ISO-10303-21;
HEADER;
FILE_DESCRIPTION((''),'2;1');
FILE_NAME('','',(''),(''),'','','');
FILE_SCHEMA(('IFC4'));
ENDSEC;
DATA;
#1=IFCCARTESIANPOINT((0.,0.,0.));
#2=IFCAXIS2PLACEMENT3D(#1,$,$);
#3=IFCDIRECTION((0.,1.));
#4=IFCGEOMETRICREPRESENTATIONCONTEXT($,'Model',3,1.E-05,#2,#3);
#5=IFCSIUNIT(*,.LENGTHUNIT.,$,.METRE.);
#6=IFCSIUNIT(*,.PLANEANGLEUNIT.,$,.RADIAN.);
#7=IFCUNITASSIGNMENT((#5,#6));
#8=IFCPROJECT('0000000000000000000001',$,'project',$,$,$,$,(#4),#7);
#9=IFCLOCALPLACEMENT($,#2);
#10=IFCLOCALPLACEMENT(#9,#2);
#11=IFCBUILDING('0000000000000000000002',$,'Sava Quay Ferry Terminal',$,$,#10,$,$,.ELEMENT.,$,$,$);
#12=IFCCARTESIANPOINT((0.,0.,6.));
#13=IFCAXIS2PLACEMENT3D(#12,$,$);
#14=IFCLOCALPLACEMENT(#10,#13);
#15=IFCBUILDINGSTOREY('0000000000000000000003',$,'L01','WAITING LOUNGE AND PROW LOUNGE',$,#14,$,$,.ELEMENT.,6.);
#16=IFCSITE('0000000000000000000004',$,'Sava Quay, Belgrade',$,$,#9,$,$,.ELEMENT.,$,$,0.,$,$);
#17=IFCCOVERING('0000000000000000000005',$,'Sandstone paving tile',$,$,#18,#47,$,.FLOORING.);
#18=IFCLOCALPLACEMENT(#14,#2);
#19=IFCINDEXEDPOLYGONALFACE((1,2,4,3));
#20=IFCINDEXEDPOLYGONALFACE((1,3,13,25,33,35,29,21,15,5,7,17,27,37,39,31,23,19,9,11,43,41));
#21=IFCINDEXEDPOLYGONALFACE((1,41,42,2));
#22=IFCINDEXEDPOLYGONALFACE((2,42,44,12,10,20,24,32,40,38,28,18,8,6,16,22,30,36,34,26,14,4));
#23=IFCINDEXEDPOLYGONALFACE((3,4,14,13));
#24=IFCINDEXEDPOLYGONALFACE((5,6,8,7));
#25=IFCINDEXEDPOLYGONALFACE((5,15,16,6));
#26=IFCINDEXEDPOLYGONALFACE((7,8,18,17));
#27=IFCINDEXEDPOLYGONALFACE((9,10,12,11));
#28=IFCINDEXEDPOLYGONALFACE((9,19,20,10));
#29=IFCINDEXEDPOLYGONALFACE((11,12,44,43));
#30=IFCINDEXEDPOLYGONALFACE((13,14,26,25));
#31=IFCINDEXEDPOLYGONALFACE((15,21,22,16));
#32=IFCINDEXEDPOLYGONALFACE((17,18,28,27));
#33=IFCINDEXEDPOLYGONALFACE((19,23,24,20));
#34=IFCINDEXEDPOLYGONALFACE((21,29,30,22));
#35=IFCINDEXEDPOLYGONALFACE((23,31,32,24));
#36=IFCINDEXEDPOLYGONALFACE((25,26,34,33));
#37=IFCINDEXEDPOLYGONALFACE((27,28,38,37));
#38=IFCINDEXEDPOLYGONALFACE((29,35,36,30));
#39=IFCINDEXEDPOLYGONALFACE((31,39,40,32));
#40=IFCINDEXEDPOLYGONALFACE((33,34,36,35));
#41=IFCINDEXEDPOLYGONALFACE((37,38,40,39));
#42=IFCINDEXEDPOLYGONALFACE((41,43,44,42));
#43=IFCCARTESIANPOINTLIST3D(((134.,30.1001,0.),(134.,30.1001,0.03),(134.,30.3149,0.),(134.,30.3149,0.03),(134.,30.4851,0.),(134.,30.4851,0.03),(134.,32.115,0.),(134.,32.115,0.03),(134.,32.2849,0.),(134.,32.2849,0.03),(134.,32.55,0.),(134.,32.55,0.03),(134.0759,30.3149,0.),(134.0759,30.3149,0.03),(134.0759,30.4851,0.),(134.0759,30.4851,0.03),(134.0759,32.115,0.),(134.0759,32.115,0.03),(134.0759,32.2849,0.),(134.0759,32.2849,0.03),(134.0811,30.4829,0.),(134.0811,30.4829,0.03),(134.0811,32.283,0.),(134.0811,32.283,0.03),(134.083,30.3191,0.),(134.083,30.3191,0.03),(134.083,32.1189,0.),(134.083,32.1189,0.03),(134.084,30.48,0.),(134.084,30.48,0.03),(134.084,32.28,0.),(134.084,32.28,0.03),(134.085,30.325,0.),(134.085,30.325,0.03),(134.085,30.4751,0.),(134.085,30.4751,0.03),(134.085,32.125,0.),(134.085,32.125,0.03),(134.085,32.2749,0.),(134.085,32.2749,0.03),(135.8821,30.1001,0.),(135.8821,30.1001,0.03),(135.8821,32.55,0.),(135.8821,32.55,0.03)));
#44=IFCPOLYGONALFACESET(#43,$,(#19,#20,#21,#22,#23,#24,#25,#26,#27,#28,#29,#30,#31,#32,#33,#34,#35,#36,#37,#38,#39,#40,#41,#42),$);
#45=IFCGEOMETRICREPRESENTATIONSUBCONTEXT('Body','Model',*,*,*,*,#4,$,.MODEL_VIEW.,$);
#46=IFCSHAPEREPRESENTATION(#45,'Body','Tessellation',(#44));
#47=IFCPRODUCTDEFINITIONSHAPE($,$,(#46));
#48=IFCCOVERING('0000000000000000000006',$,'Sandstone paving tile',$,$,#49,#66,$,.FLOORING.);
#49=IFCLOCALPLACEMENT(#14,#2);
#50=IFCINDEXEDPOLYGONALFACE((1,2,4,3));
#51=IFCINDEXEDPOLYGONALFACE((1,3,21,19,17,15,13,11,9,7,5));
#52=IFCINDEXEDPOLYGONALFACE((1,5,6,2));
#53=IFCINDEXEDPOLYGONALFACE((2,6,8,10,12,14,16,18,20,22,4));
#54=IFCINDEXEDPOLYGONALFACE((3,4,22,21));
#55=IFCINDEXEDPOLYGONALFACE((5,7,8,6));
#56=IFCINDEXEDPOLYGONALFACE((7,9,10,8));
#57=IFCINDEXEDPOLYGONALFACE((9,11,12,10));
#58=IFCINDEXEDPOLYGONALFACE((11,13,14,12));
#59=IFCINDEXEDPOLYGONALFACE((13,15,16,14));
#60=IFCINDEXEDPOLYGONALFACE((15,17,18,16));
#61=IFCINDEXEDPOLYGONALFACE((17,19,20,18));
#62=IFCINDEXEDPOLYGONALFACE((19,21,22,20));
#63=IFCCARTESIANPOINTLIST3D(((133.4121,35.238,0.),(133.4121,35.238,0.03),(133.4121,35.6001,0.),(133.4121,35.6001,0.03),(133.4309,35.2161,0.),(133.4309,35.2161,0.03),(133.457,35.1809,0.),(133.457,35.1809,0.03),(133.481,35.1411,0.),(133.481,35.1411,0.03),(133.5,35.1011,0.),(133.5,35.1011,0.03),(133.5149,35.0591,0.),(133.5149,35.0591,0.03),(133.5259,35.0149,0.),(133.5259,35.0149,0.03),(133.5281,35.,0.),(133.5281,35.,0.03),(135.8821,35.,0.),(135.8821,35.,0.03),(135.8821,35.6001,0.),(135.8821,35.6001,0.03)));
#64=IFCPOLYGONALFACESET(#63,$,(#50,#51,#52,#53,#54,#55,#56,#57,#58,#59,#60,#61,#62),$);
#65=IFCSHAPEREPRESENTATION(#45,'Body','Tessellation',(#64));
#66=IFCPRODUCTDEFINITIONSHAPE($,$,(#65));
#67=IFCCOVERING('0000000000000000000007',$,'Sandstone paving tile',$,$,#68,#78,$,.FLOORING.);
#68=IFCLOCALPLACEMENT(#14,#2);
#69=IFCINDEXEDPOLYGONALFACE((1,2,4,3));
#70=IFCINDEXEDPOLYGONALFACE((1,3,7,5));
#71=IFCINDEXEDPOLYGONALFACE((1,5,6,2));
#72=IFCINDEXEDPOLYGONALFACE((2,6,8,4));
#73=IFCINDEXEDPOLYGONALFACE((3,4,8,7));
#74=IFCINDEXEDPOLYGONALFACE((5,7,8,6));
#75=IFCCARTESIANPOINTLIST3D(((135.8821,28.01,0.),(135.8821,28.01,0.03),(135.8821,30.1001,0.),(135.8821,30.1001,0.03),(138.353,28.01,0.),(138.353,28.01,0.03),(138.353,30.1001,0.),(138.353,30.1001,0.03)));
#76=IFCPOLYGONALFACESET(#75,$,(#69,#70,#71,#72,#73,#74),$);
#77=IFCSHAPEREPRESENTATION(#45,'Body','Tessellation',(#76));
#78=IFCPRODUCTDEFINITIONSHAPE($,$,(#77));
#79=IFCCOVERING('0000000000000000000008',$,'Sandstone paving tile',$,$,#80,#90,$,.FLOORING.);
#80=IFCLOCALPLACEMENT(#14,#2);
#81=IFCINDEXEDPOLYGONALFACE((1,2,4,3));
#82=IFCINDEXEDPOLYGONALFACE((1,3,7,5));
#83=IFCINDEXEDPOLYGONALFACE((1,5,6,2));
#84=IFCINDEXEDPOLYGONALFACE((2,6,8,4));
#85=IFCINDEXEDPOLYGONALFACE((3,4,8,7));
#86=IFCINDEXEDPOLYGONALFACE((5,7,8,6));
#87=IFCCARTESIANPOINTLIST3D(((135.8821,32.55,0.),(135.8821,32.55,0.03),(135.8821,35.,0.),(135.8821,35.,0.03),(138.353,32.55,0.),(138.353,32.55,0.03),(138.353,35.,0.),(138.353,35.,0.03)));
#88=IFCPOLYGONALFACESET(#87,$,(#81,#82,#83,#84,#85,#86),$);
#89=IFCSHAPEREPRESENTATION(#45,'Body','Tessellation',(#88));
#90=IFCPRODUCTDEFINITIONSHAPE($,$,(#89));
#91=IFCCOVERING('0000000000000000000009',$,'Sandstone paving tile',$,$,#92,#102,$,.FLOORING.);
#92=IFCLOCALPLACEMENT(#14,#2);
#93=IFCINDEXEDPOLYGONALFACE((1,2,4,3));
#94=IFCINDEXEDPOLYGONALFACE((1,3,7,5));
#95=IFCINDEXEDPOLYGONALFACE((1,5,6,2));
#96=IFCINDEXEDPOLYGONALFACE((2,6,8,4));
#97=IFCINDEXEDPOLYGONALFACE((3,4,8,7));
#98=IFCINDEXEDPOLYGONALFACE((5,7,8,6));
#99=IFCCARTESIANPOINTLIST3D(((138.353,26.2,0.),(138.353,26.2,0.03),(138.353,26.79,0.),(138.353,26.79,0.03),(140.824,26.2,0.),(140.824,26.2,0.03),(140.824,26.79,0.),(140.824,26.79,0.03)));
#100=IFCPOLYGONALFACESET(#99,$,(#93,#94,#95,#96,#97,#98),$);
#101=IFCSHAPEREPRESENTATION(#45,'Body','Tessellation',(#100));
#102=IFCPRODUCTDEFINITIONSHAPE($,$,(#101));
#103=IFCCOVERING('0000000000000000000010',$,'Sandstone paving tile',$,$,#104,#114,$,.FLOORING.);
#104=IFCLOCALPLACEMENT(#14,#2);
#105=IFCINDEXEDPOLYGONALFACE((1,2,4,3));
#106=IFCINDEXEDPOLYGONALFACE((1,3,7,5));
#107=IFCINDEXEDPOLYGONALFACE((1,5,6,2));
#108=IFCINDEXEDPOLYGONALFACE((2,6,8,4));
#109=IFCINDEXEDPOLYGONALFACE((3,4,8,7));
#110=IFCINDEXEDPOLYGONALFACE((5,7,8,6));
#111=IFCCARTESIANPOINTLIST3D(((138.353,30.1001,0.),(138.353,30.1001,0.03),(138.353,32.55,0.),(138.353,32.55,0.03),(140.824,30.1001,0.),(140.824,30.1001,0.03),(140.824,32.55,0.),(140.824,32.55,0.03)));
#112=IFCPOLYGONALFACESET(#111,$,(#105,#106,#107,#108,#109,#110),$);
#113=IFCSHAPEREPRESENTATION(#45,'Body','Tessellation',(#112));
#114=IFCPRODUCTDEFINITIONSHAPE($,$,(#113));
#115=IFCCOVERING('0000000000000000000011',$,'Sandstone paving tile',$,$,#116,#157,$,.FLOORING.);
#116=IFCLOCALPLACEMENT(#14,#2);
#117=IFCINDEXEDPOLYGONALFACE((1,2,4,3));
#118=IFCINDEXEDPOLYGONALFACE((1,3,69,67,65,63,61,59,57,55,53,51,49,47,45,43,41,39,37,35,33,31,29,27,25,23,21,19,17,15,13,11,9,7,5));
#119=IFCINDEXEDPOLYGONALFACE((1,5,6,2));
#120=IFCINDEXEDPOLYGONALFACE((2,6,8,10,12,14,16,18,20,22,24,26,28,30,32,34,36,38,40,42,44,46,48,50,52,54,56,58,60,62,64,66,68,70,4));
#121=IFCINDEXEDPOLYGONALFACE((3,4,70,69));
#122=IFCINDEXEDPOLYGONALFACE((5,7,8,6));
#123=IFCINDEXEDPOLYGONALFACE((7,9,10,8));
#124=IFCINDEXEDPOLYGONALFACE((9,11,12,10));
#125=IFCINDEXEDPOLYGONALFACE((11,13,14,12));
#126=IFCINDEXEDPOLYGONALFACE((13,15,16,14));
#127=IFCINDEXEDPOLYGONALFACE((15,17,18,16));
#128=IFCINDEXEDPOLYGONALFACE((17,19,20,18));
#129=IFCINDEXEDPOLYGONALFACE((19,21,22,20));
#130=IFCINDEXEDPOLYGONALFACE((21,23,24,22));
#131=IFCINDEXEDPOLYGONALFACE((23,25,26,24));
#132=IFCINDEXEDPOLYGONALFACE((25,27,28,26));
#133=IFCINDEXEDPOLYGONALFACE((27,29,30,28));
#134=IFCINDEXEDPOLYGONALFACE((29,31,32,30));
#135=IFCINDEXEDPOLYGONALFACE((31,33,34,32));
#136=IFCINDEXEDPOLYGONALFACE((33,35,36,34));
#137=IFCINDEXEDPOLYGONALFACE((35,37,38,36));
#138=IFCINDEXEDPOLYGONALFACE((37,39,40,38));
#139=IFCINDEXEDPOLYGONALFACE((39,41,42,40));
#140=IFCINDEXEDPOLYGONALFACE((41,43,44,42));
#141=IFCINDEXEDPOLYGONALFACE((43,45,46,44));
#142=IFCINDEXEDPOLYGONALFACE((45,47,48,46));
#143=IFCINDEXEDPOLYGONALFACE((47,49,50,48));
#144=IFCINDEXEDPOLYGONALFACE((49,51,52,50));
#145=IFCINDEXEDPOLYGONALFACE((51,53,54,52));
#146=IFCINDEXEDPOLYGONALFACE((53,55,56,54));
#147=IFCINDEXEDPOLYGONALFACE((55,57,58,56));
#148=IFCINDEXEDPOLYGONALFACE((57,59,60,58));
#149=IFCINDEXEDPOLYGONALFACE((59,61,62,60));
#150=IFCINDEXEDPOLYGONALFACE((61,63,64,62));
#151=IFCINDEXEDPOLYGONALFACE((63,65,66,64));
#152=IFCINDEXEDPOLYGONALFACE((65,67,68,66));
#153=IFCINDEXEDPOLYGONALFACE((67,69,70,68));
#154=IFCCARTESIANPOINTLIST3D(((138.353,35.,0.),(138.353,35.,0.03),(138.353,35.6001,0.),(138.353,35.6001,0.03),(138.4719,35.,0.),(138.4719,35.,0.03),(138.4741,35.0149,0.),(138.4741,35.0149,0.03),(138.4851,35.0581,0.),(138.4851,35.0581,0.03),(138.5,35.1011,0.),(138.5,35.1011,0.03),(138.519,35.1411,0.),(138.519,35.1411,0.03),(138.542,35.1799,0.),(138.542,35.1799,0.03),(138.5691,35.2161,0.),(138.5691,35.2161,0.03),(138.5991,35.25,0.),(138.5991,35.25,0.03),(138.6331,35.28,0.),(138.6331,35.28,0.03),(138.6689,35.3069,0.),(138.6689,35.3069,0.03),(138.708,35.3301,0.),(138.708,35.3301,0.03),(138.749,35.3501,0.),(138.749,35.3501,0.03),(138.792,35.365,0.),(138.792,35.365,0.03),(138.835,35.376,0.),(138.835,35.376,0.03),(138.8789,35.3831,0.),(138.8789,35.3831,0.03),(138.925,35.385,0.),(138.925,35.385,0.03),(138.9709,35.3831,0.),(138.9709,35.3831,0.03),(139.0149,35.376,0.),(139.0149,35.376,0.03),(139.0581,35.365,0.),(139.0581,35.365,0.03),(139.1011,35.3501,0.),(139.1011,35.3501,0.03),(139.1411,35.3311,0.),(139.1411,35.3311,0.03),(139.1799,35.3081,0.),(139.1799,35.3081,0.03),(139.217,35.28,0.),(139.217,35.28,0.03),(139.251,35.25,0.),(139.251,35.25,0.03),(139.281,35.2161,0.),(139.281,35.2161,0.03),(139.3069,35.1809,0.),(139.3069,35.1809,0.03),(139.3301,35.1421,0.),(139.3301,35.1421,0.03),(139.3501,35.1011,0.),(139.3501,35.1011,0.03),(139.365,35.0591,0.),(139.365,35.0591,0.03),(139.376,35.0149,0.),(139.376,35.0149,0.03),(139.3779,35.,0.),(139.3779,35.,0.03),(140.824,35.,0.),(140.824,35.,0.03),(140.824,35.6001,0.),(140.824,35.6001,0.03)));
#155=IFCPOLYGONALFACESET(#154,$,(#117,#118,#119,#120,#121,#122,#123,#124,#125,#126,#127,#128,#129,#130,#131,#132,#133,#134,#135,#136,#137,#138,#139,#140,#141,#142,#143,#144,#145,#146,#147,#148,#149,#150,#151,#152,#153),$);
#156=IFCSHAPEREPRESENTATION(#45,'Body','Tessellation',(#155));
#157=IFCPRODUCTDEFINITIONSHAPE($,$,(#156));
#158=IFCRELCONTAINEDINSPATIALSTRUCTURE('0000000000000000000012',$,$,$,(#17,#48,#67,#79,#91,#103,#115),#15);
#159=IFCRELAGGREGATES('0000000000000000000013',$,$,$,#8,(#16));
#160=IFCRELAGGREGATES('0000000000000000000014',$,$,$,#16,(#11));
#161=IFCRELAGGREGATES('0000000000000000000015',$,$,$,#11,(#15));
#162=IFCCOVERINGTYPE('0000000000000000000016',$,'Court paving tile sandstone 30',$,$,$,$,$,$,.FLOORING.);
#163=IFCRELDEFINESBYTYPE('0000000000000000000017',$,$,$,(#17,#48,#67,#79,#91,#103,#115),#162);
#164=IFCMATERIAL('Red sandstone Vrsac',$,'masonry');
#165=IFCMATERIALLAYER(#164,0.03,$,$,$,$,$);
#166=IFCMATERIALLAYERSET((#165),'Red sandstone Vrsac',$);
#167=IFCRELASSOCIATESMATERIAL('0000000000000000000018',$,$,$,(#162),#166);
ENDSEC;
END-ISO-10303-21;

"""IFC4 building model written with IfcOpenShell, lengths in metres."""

from ifc_helpers import new_model, si_unit, direction, frame, origin, place, context, subcontext, project, spatial, polyline, outline, extrude, material, layer, layer_set, type_object, element, save


model = new_model("IFC4")

# Units and contexts
model_context = context("Model", 3, precision=1e-05, world=origin(), true_north=direction((0.0, 1.0)))
body_context = subcontext(model_context, "Body", "Model", "MODEL_VIEW")
ifc_project = project(units=[si_unit("LENGTHUNIT", "METRE"), si_unit("PLANEANGLEUNIT", "RADIAN")], contexts=[model_context])

# Site, building, storey
site_placement = place(None, origin())
site = spatial("IfcSite", under=ifc_project, at=site_placement, Name="Sava Quay, Belgrade", CompositionType="ELEMENT", RefElevation=0.0)
building_placement = place(site_placement, origin())
building = spatial("IfcBuilding", under=site, at=building_placement, Name="Sava Quay Ferry Terminal", CompositionType="ELEMENT")
storey_placement = place(building_placement, frame((0.0, 0.0, 6.0)))
storey = spatial("IfcBuildingStorey", under=building, at=storey_placement, Name="L01", Description="WAITING LOUNGE AND PROW LOUNGE", CompositionType="ELEMENT", Elevation=6.0)

# Coverings
ifc_material_1 = material(Name="Red sandstone Vrsac", Category="masonry")
ifc_layer_1 = layer(ifc_material_1, 0.03)
ifc_layer_set_1 = layer_set([ifc_layer_1], Name="Red sandstone Vrsac")
covering_type_1 = type_object("IfcCoveringType", Name="Court paving tile sandstone 30", PredefinedType="FLOORING", material=ifc_layer_set_1)
covering_1_placement = place(storey_placement, origin())
element("IfcCovering", 1, at=covering_1_placement, inside=storey, type_object=covering_type_1, Name="Sandstone paving tile", PredefinedType="FLOORING", context=body_context, shape_type="SweptSolid", body=[
    extrude(outline(polyline([(135.8821, 32.55), (134.0, 32.55), (134.0, 32.2849), (134.0759, 32.2849), (134.0811, 32.283), (134.084, 32.28), (134.085, 32.2749), (134.085, 32.125), (134.083, 32.1189), (134.0759, 32.115), (134.0, 32.115), (134.0, 30.4851), (134.0759, 30.4851), (134.0811, 30.4829), (134.084, 30.48), (134.085, 30.4751), (134.085, 30.325), (134.083, 30.3191), (134.0759, 30.3149), (134.0, 30.3149), (134.0, 30.1001), (135.8821, 30.1001), (135.8821, 32.55)])), origin(), (0.0, 0.0, 1.0), 0.03),
])
covering_2_placement = place(storey_placement, origin())
element("IfcCovering", 2, at=covering_2_placement, inside=storey, type_object=covering_type_1, Name="Sandstone paving tile", PredefinedType="FLOORING", context=body_context, shape_type="SweptSolid", body=[
    extrude(outline(polyline([(135.8821, 35.0), (135.8821, 35.6001), (133.4121, 35.6001), (133.4121, 35.238), (133.4309, 35.2161), (133.457, 35.1809), (133.481, 35.1411), (133.5, 35.1011), (133.5149, 35.0591), (133.5259, 35.0149), (133.5281, 35.0), (135.8821, 35.0)])), origin(), (0.0, 0.0, 1.0), 0.03),
])
covering_3_placement = place(storey_placement, origin())
element("IfcCovering", 3, at=covering_3_placement, inside=storey, type_object=covering_type_1, Name="Sandstone paving tile", PredefinedType="FLOORING", context=body_context, shape_type="SweptSolid", body=[
    extrude(outline(polyline([(135.8821, 30.1001), (135.8821, 28.01), (138.353, 28.01), (138.353, 30.1001), (135.8821, 30.1001)])), origin(), (0.0, 0.0, 1.0), 0.03),
])
covering_4_placement = place(storey_placement, origin())
element("IfcCovering", 4, at=covering_4_placement, inside=storey, type_object=covering_type_1, Name="Sandstone paving tile", PredefinedType="FLOORING", context=body_context, shape_type="SweptSolid", body=[
    extrude(outline(polyline([(135.8821, 32.55), (138.353, 32.55), (138.353, 35.0), (135.8821, 35.0), (135.8821, 32.55)])), origin(), (0.0, 0.0, 1.0), 0.03),
])
covering_5_placement = place(storey_placement, origin())
element("IfcCovering", 5, at=covering_5_placement, inside=storey, type_object=covering_type_1, Name="Sandstone paving tile", PredefinedType="FLOORING", context=body_context, shape_type="SweptSolid", body=[
    extrude(outline(polyline([(140.824, 26.2), (140.824, 26.79), (138.353, 26.79), (138.353, 26.2), (140.824, 26.2)])), origin(), (0.0, 0.0, 1.0), 0.03),
])
covering_6_placement = place(storey_placement, origin())
element("IfcCovering", 6, at=covering_6_placement, inside=storey, type_object=covering_type_1, Name="Sandstone paving tile", PredefinedType="FLOORING", context=body_context, shape_type="SweptSolid", body=[
    extrude(outline(polyline([(138.353, 30.1001), (140.824, 30.1001), (140.824, 32.55), (138.353, 32.55), (138.353, 30.1001)])), origin(), (0.0, 0.0, 1.0), 0.03),
])
covering_7_placement = place(storey_placement, origin())
element("IfcCovering", 7, at=covering_7_placement, inside=storey, type_object=covering_type_1, Name="Sandstone paving tile", PredefinedType="FLOORING", context=body_context, shape_type="SweptSolid", body=[
    extrude(outline(polyline([(140.824, 35.0), (140.824, 35.6001), (138.353, 35.6001), (138.353, 35.0), (138.4719, 35.0), (138.4741, 35.0149), (138.4851, 35.0581), (138.5, 35.1011), (138.519, 35.1411), (138.542, 35.1799), (138.5691, 35.2161), (138.5991, 35.25), (138.6331, 35.28), (138.6689, 35.3069), (138.708, 35.3301), (138.749, 35.3501), (138.792, 35.365), (138.835, 35.376), (138.8789, 35.3831), (138.925, 35.385), (138.9709, 35.3831), (139.0149, 35.376), (139.0581, 35.365), (139.1011, 35.3501), (139.1411, 35.3311), (139.1799, 35.3081), (139.217, 35.28), (139.251, 35.25), (139.281, 35.2161), (139.3069, 35.1809), (139.3301, 35.1421), (139.3501, 35.1011), (139.365, 35.0591), (139.376, 35.0149), (139.3779, 35.0), (140.824, 35.0)])), origin(), (0.0, 0.0, 1.0), 0.03),
])

save(model, "model.ifc")
